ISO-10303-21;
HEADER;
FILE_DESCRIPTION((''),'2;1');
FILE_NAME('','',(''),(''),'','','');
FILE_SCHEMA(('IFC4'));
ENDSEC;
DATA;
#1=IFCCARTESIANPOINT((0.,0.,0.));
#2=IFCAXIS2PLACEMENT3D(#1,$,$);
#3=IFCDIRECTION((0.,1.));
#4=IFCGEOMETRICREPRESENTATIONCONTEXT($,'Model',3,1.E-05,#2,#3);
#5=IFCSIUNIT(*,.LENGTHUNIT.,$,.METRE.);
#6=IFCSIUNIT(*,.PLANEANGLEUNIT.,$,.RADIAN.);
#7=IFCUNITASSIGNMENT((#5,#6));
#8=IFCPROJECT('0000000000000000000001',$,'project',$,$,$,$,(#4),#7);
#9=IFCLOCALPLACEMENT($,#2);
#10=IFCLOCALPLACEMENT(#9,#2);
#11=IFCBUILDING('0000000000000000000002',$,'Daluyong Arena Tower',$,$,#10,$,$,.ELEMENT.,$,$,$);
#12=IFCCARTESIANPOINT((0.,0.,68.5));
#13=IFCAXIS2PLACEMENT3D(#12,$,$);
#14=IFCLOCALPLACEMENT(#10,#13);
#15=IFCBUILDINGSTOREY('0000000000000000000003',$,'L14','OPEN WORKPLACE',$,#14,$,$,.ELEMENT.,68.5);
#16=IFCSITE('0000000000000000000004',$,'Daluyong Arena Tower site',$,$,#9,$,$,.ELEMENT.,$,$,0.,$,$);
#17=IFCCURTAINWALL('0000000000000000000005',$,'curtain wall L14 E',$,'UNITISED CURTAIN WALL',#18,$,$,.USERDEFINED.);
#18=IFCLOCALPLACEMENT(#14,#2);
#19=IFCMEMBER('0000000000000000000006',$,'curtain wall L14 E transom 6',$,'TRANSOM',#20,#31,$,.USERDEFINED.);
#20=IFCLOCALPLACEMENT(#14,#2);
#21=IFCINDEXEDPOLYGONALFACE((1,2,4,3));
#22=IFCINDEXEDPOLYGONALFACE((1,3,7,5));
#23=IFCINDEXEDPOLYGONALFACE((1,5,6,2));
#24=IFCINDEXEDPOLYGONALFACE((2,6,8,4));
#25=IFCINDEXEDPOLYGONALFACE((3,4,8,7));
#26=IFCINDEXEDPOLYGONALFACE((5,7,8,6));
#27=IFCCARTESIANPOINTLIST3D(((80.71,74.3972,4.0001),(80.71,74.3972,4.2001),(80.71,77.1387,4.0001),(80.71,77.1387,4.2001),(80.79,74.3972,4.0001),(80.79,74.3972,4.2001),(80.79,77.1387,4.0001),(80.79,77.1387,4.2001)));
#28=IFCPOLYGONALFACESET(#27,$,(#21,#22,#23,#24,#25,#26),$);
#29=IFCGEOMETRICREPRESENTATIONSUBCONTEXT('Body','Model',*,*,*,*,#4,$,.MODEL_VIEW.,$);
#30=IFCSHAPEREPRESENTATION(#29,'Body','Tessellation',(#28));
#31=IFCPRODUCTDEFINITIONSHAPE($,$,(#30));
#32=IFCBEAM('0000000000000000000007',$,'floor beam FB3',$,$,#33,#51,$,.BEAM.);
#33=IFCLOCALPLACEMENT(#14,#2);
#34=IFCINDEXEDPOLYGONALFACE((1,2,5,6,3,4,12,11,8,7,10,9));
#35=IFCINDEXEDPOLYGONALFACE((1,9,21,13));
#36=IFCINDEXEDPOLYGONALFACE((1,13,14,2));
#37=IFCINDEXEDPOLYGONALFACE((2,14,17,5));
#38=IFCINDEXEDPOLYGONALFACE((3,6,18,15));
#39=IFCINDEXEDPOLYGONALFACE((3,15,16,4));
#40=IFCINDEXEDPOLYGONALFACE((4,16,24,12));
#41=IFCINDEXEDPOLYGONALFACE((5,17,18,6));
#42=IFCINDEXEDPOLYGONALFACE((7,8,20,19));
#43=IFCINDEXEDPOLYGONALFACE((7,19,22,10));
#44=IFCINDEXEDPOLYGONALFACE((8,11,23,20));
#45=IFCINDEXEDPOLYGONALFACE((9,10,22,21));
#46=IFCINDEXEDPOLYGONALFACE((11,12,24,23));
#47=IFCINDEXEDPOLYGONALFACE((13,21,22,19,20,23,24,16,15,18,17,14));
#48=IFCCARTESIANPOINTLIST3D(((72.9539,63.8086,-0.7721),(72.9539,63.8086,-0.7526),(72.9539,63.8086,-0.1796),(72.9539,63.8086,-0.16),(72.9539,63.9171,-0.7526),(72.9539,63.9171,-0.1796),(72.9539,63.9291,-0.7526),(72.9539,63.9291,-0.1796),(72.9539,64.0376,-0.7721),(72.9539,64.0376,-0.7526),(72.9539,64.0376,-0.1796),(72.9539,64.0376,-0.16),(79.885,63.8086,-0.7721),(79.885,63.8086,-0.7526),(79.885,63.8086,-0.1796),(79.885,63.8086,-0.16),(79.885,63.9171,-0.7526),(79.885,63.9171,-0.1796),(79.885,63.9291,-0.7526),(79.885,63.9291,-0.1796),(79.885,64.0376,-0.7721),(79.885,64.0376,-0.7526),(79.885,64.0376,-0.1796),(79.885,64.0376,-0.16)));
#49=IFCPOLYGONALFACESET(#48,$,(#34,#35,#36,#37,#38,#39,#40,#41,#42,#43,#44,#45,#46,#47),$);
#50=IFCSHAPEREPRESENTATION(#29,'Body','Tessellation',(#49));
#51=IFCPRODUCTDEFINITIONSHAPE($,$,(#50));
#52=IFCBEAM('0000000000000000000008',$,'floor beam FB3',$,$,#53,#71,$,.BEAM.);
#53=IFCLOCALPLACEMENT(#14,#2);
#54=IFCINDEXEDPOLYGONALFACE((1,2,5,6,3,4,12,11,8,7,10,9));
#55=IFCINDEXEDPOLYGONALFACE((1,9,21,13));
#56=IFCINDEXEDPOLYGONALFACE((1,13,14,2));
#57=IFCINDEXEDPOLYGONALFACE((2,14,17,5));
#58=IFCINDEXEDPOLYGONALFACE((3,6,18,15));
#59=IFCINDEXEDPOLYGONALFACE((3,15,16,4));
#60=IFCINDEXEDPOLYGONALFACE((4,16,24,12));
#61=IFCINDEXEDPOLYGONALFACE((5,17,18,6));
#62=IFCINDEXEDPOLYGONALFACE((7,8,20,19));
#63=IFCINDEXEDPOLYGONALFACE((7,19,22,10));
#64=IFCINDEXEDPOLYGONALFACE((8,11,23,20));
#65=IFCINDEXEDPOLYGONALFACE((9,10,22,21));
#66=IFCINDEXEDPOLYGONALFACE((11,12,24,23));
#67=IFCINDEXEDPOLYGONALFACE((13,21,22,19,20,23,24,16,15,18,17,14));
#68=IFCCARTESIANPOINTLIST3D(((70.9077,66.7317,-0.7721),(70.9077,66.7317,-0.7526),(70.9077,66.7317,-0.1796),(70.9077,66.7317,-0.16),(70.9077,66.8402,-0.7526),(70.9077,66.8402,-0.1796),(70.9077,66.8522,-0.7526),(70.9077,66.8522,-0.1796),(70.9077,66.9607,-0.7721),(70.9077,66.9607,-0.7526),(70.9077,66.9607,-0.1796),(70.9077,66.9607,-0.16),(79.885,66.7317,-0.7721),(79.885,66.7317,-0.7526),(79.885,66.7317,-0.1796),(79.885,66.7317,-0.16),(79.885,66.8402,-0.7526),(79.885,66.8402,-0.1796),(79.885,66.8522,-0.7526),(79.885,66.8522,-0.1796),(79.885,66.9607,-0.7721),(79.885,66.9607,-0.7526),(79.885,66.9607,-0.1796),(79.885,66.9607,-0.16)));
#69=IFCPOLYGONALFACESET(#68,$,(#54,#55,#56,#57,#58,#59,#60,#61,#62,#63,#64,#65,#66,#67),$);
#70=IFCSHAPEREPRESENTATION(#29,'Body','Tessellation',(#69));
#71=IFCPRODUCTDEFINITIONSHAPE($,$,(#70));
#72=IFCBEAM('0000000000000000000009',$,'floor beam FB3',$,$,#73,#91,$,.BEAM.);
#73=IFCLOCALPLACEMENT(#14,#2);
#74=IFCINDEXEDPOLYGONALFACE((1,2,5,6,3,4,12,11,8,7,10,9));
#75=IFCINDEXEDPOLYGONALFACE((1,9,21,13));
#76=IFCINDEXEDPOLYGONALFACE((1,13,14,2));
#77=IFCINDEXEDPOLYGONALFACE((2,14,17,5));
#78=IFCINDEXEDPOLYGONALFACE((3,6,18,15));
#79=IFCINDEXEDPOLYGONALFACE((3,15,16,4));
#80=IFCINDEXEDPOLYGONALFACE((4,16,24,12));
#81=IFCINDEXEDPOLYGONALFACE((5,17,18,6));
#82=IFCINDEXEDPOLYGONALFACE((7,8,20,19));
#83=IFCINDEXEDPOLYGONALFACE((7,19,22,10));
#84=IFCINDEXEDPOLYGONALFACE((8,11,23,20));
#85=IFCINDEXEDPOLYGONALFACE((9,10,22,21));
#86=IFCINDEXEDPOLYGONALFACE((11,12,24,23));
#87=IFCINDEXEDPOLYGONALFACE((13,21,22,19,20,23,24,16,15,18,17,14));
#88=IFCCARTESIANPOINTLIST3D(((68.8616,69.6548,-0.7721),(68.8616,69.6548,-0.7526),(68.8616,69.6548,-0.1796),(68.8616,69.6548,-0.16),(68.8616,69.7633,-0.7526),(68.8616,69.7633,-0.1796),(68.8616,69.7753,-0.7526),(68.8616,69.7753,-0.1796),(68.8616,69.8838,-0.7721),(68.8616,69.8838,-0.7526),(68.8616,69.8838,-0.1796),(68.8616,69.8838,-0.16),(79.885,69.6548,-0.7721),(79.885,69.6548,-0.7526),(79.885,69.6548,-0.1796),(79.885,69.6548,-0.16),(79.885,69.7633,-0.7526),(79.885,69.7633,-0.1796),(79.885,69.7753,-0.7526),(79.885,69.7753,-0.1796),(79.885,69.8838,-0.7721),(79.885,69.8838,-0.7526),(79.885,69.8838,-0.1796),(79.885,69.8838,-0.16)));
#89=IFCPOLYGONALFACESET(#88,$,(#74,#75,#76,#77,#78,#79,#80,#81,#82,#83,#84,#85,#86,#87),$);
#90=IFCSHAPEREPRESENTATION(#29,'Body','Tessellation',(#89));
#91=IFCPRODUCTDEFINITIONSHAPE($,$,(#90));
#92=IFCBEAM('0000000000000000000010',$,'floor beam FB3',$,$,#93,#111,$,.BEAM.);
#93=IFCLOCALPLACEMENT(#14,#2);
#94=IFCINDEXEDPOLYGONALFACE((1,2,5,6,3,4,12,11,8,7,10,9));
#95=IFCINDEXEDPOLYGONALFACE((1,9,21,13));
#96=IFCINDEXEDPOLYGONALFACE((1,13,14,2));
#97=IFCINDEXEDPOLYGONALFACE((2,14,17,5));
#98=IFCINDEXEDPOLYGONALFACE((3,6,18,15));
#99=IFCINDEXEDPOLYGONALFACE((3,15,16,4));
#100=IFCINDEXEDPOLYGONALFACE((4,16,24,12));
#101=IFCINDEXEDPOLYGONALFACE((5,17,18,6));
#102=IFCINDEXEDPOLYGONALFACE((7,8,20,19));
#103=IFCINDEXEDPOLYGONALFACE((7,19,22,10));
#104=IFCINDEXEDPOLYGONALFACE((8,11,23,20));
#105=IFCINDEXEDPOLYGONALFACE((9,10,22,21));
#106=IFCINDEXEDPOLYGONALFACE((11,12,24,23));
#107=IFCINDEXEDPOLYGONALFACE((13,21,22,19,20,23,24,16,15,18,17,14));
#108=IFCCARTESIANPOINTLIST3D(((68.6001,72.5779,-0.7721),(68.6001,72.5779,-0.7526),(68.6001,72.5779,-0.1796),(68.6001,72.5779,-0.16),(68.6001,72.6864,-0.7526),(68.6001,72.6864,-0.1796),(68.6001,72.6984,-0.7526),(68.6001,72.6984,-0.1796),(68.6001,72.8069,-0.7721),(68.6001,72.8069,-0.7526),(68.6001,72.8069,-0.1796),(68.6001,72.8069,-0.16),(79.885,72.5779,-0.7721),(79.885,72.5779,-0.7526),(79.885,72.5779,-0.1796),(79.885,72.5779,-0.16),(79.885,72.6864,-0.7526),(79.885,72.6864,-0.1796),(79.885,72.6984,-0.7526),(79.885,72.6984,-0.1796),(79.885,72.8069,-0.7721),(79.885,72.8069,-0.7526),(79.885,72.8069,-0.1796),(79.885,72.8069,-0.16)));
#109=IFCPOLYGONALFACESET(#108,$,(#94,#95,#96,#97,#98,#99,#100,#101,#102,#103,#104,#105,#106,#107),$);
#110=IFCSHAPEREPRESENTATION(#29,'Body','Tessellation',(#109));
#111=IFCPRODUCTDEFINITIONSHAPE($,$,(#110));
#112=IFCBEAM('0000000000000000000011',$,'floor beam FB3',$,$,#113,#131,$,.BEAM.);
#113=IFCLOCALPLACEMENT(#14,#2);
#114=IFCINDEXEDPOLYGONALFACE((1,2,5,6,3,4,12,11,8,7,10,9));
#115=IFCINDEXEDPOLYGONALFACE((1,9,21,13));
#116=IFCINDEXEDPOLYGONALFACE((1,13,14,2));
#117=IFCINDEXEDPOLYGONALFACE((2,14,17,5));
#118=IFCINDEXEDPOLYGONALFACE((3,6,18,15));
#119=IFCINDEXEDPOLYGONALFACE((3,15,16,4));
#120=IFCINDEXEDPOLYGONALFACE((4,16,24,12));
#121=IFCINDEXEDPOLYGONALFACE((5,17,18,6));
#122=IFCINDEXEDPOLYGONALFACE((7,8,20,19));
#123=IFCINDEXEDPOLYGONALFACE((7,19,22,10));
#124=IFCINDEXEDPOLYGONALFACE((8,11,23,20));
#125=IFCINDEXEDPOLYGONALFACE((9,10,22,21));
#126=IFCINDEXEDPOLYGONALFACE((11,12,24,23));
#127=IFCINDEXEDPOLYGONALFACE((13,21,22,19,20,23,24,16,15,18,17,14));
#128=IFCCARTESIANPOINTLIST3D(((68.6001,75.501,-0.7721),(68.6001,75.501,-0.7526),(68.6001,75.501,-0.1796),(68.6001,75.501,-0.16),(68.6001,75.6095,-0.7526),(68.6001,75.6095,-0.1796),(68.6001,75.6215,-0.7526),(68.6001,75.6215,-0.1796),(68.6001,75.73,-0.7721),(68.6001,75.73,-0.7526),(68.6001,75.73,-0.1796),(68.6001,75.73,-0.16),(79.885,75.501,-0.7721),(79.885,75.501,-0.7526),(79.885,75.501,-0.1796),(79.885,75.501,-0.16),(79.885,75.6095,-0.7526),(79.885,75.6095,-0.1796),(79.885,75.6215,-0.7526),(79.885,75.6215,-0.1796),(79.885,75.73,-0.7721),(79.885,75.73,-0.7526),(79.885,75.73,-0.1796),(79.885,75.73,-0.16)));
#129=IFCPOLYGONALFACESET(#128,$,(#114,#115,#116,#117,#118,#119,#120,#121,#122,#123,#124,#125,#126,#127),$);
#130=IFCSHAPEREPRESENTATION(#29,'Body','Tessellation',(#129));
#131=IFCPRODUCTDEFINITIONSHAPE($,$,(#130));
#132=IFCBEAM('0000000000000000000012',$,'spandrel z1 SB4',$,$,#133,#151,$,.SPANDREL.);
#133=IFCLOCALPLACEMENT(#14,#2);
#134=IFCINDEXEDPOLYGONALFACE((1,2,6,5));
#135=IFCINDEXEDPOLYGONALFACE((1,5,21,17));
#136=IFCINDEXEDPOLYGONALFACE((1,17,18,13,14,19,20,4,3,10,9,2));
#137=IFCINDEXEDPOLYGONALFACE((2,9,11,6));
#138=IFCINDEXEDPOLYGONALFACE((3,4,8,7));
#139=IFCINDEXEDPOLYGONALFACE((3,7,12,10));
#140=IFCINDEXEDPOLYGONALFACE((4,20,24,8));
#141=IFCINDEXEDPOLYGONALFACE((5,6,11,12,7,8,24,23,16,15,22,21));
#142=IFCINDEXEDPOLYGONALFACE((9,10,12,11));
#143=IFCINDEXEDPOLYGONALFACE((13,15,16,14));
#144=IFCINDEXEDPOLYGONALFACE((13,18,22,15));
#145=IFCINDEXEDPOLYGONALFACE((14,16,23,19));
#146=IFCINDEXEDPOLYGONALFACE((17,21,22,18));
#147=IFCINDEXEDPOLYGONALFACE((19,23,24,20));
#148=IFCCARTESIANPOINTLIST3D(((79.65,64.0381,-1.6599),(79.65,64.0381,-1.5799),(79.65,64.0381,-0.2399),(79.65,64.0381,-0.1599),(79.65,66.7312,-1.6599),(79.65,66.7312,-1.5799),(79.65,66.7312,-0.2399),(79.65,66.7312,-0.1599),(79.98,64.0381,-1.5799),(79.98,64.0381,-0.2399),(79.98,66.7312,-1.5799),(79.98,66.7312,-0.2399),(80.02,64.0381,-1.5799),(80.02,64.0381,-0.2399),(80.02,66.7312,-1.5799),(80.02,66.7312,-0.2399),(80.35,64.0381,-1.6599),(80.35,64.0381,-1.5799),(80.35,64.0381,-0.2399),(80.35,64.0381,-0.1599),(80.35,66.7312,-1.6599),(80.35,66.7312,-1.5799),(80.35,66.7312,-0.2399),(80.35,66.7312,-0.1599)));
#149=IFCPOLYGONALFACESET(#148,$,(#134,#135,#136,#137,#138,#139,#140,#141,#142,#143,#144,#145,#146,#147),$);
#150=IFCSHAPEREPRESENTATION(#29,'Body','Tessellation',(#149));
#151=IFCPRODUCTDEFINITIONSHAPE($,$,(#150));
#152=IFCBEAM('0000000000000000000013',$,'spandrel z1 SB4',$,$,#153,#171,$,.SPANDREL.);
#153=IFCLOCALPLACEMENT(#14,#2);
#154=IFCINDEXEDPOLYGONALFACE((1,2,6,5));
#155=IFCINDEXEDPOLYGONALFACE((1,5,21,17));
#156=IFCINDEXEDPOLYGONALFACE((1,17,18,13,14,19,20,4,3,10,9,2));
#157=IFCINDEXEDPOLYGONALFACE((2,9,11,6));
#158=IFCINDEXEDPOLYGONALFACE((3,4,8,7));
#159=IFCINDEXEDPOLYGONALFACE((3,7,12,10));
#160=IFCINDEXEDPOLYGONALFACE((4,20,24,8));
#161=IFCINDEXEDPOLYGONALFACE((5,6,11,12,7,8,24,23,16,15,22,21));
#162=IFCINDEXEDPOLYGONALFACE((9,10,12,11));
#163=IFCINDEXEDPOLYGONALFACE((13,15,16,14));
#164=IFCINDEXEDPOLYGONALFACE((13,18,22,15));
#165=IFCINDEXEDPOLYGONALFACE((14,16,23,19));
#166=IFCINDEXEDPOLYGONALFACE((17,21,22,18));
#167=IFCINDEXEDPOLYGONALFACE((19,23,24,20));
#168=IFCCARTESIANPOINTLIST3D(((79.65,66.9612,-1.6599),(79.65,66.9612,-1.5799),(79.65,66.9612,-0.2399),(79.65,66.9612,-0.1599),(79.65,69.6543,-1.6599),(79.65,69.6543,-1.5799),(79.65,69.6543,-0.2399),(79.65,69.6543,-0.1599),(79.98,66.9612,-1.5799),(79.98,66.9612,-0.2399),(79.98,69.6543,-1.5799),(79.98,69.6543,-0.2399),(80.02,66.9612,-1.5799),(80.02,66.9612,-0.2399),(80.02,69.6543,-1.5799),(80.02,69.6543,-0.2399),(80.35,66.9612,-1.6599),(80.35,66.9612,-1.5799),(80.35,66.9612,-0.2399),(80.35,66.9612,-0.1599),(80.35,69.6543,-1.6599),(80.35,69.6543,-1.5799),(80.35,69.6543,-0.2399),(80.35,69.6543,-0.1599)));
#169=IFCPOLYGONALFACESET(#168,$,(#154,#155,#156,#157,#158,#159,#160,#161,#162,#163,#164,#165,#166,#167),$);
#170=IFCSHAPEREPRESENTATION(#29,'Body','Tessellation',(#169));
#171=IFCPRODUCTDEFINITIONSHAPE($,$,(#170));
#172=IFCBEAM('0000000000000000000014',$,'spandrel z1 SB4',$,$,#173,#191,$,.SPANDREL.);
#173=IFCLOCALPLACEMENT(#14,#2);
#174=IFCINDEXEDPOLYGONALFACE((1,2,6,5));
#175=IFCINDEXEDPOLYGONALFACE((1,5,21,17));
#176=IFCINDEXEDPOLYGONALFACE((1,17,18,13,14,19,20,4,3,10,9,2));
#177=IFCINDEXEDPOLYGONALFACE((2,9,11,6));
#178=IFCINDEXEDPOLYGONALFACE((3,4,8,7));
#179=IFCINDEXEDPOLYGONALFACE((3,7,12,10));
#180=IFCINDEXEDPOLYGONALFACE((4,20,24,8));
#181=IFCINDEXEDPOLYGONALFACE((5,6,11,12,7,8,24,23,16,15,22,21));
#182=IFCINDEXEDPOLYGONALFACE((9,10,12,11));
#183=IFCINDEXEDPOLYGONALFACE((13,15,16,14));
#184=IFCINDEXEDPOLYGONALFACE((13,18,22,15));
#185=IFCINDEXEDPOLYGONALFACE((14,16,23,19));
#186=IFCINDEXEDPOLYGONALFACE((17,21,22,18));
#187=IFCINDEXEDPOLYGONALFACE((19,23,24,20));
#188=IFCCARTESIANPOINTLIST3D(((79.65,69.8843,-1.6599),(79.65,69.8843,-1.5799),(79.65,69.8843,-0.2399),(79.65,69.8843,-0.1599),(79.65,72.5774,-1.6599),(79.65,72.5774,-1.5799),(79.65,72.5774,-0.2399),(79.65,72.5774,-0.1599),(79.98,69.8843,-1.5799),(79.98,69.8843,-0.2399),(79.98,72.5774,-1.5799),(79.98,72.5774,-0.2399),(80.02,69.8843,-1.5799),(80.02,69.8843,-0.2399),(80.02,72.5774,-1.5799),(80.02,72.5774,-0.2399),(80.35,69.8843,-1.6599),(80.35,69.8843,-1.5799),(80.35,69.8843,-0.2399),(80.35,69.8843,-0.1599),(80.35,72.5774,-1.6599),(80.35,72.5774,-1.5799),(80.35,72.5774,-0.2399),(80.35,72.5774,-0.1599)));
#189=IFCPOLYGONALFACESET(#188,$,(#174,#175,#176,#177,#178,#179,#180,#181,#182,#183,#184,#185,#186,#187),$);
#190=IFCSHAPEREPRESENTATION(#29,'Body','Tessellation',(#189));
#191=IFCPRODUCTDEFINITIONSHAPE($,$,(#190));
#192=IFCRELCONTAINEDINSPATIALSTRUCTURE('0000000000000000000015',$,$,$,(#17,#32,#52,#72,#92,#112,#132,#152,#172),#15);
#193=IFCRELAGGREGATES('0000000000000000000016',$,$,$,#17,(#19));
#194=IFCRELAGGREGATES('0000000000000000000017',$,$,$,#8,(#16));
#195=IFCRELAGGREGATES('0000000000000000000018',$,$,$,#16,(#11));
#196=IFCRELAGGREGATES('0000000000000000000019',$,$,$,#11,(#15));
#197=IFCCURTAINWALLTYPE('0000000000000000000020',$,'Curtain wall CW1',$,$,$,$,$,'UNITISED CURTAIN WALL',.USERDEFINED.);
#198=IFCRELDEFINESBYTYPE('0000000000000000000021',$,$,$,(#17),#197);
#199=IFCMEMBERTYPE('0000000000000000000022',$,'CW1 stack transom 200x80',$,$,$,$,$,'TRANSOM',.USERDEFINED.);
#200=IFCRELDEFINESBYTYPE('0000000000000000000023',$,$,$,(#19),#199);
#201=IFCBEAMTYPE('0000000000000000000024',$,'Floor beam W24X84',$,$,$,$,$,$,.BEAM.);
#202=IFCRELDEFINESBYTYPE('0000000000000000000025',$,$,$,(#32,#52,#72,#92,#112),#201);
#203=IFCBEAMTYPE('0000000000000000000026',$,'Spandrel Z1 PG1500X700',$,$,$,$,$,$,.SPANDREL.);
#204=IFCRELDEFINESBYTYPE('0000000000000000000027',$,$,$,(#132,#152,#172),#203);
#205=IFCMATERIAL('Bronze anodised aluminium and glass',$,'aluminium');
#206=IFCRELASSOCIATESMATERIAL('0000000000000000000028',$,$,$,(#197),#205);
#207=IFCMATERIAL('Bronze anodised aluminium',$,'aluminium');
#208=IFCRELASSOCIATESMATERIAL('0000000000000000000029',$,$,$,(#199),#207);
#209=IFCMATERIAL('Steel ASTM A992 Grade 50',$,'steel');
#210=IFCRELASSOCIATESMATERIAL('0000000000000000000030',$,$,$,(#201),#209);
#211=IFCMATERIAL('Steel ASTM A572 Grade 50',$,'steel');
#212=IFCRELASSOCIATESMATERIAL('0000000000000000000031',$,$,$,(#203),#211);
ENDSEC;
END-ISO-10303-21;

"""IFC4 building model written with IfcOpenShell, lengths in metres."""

from ifc_helpers import new_model, si_unit, direction, frame, origin, origin_2d, place, context, subcontext, project, spatial, rectangle, i_section, extrude, material, material_profile, profile_set, type_object, element, aggregate, save


model = new_model("IFC4")

# Units and contexts
model_context = context("Model", 3, precision=1e-05, world=origin(), true_north=direction((0.0, 1.0)))
body_context = subcontext(model_context, "Body", "Model", "MODEL_VIEW")
ifc_project = project(units=[si_unit("LENGTHUNIT", "METRE"), si_unit("PLANEANGLEUNIT", "RADIAN")], contexts=[model_context])

# Site, building, storey
site_placement = place(None, origin())
site = spatial("IfcSite", under=ifc_project, at=site_placement, Name="Daluyong Arena Tower site", CompositionType="ELEMENT", RefElevation=0.0)
building_placement = place(site_placement, origin())
building = spatial("IfcBuilding", under=site, at=building_placement, Name="Daluyong Arena Tower", CompositionType="ELEMENT")
storey_placement = place(building_placement, frame((0.0, 0.0, 68.5)))
storey = spatial("IfcBuildingStorey", under=building, at=storey_placement, Name="L14", Description="OPEN WORKPLACE", CompositionType="ELEMENT", Elevation=68.5)

# Curtain wall, member
ifc_material_1 = material(Name="Bronze anodised aluminium and glass", Category="aluminium")
curtain_wall_type = type_object("IfcCurtainWallType", Name="Curtain wall CW1", ElementType="UNITISED CURTAIN WALL", PredefinedType="USERDEFINED", material=ifc_material_1)
curtain_wall_placement = place(storey_placement, origin())
curtain_wall = element("IfcCurtainWall", 1, at=curtain_wall_placement, inside=storey, type_object=curtain_wall_type, Name="curtain wall L14 E", ObjectType="UNITISED CURTAIN WALL", PredefinedType="USERDEFINED")
ifc_material_2 = material(Name="Bronze anodised aluminium", Category="aluminium")
ifc_material_profile_1 = material_profile(ifc_material_2, rectangle(XDim=0.0801, YDim=0.2, at=origin_2d()))
ifc_profile_set_1 = profile_set([ifc_material_profile_1], Name="Bronze anodised aluminium")
member_type_1 = type_object("IfcMemberType", Name="CW1 stack transom 200x80", ElementType="TRANSOM", PredefinedType="USERDEFINED", material=ifc_profile_set_1)
member_1_placement = place(storey_placement, frame((80.75, 74.3972, 4.1001), z_axis=(0.0, 1.0, 0.0), x_axis=(-1.0, 0.0, 0.0)))
member_1 = element("IfcMember", 2, at=member_1_placement, type_object=member_type_1, Name="curtain wall L14 E transom 6", ObjectType="TRANSOM", PredefinedType="USERDEFINED", context=body_context, shape_type="SweptSolid", body=[
    extrude(rectangle(XDim=0.0801, YDim=0.2, at=origin_2d()), origin(), (0.0, 0.0, 1.0), 2.7415),
])

# Beams
ifc_material_3 = material(Name="Steel ASTM A992 Grade 50", Category="steel")
ifc_material_profile_2 = material_profile(ifc_material_3, i_section(OverallWidth=0.229, OverallDepth=0.6121, WebThickness=0.012, FlangeThickness=0.0195, at=origin_2d()))
ifc_profile_set_2 = profile_set([ifc_material_profile_2], Name="Steel ASTM A992 Grade 50")
beam_type_1 = type_object("IfcBeamType", Name="Floor beam W24X84", PredefinedType="BEAM", material=ifc_profile_set_2)
beam_1_placement = place(storey_placement, frame((79.885, 63.9231, -0.4661), z_axis=(-1.0, 0.0, 0.0), x_axis=(0.0, -1.0, 0.0)))
element("IfcBeam", 3, at=beam_1_placement, inside=storey, type_object=beam_type_1, Name="floor beam FB3", PredefinedType="BEAM", context=body_context, shape_type="SweptSolid", body=[
    extrude(i_section(OverallWidth=0.229, OverallDepth=0.6121, WebThickness=0.012, FlangeThickness=0.0195, at=origin_2d()), origin(), (0.0, 0.0, 1.0), 6.9312),
])
beam_2_placement = place(storey_placement, frame((79.885, 66.8462, -0.4661), z_axis=(-1.0, 0.0, 0.0), x_axis=(0.0, -1.0, 0.0)))
element("IfcBeam", 4, at=beam_2_placement, inside=storey, type_object=beam_type_1, Name="floor beam FB3", PredefinedType="BEAM", context=body_context, shape_type="SweptSolid", body=[
    extrude(i_section(OverallWidth=0.229, OverallDepth=0.6121, WebThickness=0.012, FlangeThickness=0.0195, at=origin_2d()), origin(), (0.0, 0.0, 1.0), 8.9773),
])
beam_3_placement = place(storey_placement, frame((79.885, 69.7693, -0.4661), z_axis=(-1.0, 0.0, 0.0), x_axis=(0.0, -1.0, 0.0)))
element("IfcBeam", 5, at=beam_3_placement, inside=storey, type_object=beam_type_1, Name="floor beam FB3", PredefinedType="BEAM", context=body_context, shape_type="SweptSolid", body=[
    extrude(i_section(OverallWidth=0.229, OverallDepth=0.6121, WebThickness=0.012, FlangeThickness=0.0195, at=origin_2d()), origin(), (0.0, 0.0, 1.0), 11.0234),
])
for number, where, z_axis, x_axis, name in (
    (6, (79.885, 72.6924, -0.4661), (-1.0, 0.0, 0.0), (0.0, -1.0, 0.0), "floor beam FB3"),
    (7, (79.885, 75.6155, -0.4661), (-1.0, 0.0, 0.0), (0.0, -1.0, 0.0), "floor beam FB3"),
):
    element("IfcBeam", number, at=place(storey_placement, frame(where, z_axis=z_axis, x_axis=x_axis)), inside=storey, type_object=beam_type_1, Name=name, PredefinedType="BEAM", context=body_context, shape_type="SweptSolid", body=[
        extrude(i_section(OverallWidth=0.229, OverallDepth=0.6121, WebThickness=0.012, FlangeThickness=0.0195, at=origin_2d()), origin(), (0.0, 0.0, 1.0), 11.2849),
    ])
ifc_material_4 = material(Name="Steel ASTM A572 Grade 50", Category="steel")
ifc_material_profile_3 = material_profile(ifc_material_4, i_section(OverallWidth=0.7, OverallDepth=1.5, WebThickness=0.04, FlangeThickness=0.08, at=origin_2d()))
ifc_profile_set_3 = profile_set([ifc_material_profile_3], Name="Steel ASTM A572 Grade 50")
beam_type_2 = type_object("IfcBeamType", Name="Spandrel Z1 PG1500X700", PredefinedType="SPANDREL", material=ifc_profile_set_3)
for number, where, z_axis, x_axis, name in (
    (8, (80.0, 64.0381, -0.9099), (0.0, 1.0, 0.0), (-1.0, 0.0, 0.0), "spandrel z1 SB4"),
    (9, (80.0, 66.9612, -0.9099), (0.0, 1.0, 0.0), (-1.0, 0.0, 0.0), "spandrel z1 SB4"),
    (10, (80.0, 69.8843, -0.9099), (0.0, 1.0, 0.0), (-1.0, 0.0, 0.0), "spandrel z1 SB4"),
):
    element("IfcBeam", number, at=place(storey_placement, frame(where, z_axis=z_axis, x_axis=x_axis)), inside=storey, type_object=beam_type_2, Name=name, PredefinedType="SPANDREL", context=body_context, shape_type="SweptSolid", body=[
        extrude(i_section(OverallWidth=0.7, OverallDepth=1.5, WebThickness=0.04, FlangeThickness=0.08, at=origin_2d()), origin(), (0.0, 0.0, 1.0), 2.6931),
    ])

aggregate(curtain_wall, [member_1])

save(model, "model.ifc")
